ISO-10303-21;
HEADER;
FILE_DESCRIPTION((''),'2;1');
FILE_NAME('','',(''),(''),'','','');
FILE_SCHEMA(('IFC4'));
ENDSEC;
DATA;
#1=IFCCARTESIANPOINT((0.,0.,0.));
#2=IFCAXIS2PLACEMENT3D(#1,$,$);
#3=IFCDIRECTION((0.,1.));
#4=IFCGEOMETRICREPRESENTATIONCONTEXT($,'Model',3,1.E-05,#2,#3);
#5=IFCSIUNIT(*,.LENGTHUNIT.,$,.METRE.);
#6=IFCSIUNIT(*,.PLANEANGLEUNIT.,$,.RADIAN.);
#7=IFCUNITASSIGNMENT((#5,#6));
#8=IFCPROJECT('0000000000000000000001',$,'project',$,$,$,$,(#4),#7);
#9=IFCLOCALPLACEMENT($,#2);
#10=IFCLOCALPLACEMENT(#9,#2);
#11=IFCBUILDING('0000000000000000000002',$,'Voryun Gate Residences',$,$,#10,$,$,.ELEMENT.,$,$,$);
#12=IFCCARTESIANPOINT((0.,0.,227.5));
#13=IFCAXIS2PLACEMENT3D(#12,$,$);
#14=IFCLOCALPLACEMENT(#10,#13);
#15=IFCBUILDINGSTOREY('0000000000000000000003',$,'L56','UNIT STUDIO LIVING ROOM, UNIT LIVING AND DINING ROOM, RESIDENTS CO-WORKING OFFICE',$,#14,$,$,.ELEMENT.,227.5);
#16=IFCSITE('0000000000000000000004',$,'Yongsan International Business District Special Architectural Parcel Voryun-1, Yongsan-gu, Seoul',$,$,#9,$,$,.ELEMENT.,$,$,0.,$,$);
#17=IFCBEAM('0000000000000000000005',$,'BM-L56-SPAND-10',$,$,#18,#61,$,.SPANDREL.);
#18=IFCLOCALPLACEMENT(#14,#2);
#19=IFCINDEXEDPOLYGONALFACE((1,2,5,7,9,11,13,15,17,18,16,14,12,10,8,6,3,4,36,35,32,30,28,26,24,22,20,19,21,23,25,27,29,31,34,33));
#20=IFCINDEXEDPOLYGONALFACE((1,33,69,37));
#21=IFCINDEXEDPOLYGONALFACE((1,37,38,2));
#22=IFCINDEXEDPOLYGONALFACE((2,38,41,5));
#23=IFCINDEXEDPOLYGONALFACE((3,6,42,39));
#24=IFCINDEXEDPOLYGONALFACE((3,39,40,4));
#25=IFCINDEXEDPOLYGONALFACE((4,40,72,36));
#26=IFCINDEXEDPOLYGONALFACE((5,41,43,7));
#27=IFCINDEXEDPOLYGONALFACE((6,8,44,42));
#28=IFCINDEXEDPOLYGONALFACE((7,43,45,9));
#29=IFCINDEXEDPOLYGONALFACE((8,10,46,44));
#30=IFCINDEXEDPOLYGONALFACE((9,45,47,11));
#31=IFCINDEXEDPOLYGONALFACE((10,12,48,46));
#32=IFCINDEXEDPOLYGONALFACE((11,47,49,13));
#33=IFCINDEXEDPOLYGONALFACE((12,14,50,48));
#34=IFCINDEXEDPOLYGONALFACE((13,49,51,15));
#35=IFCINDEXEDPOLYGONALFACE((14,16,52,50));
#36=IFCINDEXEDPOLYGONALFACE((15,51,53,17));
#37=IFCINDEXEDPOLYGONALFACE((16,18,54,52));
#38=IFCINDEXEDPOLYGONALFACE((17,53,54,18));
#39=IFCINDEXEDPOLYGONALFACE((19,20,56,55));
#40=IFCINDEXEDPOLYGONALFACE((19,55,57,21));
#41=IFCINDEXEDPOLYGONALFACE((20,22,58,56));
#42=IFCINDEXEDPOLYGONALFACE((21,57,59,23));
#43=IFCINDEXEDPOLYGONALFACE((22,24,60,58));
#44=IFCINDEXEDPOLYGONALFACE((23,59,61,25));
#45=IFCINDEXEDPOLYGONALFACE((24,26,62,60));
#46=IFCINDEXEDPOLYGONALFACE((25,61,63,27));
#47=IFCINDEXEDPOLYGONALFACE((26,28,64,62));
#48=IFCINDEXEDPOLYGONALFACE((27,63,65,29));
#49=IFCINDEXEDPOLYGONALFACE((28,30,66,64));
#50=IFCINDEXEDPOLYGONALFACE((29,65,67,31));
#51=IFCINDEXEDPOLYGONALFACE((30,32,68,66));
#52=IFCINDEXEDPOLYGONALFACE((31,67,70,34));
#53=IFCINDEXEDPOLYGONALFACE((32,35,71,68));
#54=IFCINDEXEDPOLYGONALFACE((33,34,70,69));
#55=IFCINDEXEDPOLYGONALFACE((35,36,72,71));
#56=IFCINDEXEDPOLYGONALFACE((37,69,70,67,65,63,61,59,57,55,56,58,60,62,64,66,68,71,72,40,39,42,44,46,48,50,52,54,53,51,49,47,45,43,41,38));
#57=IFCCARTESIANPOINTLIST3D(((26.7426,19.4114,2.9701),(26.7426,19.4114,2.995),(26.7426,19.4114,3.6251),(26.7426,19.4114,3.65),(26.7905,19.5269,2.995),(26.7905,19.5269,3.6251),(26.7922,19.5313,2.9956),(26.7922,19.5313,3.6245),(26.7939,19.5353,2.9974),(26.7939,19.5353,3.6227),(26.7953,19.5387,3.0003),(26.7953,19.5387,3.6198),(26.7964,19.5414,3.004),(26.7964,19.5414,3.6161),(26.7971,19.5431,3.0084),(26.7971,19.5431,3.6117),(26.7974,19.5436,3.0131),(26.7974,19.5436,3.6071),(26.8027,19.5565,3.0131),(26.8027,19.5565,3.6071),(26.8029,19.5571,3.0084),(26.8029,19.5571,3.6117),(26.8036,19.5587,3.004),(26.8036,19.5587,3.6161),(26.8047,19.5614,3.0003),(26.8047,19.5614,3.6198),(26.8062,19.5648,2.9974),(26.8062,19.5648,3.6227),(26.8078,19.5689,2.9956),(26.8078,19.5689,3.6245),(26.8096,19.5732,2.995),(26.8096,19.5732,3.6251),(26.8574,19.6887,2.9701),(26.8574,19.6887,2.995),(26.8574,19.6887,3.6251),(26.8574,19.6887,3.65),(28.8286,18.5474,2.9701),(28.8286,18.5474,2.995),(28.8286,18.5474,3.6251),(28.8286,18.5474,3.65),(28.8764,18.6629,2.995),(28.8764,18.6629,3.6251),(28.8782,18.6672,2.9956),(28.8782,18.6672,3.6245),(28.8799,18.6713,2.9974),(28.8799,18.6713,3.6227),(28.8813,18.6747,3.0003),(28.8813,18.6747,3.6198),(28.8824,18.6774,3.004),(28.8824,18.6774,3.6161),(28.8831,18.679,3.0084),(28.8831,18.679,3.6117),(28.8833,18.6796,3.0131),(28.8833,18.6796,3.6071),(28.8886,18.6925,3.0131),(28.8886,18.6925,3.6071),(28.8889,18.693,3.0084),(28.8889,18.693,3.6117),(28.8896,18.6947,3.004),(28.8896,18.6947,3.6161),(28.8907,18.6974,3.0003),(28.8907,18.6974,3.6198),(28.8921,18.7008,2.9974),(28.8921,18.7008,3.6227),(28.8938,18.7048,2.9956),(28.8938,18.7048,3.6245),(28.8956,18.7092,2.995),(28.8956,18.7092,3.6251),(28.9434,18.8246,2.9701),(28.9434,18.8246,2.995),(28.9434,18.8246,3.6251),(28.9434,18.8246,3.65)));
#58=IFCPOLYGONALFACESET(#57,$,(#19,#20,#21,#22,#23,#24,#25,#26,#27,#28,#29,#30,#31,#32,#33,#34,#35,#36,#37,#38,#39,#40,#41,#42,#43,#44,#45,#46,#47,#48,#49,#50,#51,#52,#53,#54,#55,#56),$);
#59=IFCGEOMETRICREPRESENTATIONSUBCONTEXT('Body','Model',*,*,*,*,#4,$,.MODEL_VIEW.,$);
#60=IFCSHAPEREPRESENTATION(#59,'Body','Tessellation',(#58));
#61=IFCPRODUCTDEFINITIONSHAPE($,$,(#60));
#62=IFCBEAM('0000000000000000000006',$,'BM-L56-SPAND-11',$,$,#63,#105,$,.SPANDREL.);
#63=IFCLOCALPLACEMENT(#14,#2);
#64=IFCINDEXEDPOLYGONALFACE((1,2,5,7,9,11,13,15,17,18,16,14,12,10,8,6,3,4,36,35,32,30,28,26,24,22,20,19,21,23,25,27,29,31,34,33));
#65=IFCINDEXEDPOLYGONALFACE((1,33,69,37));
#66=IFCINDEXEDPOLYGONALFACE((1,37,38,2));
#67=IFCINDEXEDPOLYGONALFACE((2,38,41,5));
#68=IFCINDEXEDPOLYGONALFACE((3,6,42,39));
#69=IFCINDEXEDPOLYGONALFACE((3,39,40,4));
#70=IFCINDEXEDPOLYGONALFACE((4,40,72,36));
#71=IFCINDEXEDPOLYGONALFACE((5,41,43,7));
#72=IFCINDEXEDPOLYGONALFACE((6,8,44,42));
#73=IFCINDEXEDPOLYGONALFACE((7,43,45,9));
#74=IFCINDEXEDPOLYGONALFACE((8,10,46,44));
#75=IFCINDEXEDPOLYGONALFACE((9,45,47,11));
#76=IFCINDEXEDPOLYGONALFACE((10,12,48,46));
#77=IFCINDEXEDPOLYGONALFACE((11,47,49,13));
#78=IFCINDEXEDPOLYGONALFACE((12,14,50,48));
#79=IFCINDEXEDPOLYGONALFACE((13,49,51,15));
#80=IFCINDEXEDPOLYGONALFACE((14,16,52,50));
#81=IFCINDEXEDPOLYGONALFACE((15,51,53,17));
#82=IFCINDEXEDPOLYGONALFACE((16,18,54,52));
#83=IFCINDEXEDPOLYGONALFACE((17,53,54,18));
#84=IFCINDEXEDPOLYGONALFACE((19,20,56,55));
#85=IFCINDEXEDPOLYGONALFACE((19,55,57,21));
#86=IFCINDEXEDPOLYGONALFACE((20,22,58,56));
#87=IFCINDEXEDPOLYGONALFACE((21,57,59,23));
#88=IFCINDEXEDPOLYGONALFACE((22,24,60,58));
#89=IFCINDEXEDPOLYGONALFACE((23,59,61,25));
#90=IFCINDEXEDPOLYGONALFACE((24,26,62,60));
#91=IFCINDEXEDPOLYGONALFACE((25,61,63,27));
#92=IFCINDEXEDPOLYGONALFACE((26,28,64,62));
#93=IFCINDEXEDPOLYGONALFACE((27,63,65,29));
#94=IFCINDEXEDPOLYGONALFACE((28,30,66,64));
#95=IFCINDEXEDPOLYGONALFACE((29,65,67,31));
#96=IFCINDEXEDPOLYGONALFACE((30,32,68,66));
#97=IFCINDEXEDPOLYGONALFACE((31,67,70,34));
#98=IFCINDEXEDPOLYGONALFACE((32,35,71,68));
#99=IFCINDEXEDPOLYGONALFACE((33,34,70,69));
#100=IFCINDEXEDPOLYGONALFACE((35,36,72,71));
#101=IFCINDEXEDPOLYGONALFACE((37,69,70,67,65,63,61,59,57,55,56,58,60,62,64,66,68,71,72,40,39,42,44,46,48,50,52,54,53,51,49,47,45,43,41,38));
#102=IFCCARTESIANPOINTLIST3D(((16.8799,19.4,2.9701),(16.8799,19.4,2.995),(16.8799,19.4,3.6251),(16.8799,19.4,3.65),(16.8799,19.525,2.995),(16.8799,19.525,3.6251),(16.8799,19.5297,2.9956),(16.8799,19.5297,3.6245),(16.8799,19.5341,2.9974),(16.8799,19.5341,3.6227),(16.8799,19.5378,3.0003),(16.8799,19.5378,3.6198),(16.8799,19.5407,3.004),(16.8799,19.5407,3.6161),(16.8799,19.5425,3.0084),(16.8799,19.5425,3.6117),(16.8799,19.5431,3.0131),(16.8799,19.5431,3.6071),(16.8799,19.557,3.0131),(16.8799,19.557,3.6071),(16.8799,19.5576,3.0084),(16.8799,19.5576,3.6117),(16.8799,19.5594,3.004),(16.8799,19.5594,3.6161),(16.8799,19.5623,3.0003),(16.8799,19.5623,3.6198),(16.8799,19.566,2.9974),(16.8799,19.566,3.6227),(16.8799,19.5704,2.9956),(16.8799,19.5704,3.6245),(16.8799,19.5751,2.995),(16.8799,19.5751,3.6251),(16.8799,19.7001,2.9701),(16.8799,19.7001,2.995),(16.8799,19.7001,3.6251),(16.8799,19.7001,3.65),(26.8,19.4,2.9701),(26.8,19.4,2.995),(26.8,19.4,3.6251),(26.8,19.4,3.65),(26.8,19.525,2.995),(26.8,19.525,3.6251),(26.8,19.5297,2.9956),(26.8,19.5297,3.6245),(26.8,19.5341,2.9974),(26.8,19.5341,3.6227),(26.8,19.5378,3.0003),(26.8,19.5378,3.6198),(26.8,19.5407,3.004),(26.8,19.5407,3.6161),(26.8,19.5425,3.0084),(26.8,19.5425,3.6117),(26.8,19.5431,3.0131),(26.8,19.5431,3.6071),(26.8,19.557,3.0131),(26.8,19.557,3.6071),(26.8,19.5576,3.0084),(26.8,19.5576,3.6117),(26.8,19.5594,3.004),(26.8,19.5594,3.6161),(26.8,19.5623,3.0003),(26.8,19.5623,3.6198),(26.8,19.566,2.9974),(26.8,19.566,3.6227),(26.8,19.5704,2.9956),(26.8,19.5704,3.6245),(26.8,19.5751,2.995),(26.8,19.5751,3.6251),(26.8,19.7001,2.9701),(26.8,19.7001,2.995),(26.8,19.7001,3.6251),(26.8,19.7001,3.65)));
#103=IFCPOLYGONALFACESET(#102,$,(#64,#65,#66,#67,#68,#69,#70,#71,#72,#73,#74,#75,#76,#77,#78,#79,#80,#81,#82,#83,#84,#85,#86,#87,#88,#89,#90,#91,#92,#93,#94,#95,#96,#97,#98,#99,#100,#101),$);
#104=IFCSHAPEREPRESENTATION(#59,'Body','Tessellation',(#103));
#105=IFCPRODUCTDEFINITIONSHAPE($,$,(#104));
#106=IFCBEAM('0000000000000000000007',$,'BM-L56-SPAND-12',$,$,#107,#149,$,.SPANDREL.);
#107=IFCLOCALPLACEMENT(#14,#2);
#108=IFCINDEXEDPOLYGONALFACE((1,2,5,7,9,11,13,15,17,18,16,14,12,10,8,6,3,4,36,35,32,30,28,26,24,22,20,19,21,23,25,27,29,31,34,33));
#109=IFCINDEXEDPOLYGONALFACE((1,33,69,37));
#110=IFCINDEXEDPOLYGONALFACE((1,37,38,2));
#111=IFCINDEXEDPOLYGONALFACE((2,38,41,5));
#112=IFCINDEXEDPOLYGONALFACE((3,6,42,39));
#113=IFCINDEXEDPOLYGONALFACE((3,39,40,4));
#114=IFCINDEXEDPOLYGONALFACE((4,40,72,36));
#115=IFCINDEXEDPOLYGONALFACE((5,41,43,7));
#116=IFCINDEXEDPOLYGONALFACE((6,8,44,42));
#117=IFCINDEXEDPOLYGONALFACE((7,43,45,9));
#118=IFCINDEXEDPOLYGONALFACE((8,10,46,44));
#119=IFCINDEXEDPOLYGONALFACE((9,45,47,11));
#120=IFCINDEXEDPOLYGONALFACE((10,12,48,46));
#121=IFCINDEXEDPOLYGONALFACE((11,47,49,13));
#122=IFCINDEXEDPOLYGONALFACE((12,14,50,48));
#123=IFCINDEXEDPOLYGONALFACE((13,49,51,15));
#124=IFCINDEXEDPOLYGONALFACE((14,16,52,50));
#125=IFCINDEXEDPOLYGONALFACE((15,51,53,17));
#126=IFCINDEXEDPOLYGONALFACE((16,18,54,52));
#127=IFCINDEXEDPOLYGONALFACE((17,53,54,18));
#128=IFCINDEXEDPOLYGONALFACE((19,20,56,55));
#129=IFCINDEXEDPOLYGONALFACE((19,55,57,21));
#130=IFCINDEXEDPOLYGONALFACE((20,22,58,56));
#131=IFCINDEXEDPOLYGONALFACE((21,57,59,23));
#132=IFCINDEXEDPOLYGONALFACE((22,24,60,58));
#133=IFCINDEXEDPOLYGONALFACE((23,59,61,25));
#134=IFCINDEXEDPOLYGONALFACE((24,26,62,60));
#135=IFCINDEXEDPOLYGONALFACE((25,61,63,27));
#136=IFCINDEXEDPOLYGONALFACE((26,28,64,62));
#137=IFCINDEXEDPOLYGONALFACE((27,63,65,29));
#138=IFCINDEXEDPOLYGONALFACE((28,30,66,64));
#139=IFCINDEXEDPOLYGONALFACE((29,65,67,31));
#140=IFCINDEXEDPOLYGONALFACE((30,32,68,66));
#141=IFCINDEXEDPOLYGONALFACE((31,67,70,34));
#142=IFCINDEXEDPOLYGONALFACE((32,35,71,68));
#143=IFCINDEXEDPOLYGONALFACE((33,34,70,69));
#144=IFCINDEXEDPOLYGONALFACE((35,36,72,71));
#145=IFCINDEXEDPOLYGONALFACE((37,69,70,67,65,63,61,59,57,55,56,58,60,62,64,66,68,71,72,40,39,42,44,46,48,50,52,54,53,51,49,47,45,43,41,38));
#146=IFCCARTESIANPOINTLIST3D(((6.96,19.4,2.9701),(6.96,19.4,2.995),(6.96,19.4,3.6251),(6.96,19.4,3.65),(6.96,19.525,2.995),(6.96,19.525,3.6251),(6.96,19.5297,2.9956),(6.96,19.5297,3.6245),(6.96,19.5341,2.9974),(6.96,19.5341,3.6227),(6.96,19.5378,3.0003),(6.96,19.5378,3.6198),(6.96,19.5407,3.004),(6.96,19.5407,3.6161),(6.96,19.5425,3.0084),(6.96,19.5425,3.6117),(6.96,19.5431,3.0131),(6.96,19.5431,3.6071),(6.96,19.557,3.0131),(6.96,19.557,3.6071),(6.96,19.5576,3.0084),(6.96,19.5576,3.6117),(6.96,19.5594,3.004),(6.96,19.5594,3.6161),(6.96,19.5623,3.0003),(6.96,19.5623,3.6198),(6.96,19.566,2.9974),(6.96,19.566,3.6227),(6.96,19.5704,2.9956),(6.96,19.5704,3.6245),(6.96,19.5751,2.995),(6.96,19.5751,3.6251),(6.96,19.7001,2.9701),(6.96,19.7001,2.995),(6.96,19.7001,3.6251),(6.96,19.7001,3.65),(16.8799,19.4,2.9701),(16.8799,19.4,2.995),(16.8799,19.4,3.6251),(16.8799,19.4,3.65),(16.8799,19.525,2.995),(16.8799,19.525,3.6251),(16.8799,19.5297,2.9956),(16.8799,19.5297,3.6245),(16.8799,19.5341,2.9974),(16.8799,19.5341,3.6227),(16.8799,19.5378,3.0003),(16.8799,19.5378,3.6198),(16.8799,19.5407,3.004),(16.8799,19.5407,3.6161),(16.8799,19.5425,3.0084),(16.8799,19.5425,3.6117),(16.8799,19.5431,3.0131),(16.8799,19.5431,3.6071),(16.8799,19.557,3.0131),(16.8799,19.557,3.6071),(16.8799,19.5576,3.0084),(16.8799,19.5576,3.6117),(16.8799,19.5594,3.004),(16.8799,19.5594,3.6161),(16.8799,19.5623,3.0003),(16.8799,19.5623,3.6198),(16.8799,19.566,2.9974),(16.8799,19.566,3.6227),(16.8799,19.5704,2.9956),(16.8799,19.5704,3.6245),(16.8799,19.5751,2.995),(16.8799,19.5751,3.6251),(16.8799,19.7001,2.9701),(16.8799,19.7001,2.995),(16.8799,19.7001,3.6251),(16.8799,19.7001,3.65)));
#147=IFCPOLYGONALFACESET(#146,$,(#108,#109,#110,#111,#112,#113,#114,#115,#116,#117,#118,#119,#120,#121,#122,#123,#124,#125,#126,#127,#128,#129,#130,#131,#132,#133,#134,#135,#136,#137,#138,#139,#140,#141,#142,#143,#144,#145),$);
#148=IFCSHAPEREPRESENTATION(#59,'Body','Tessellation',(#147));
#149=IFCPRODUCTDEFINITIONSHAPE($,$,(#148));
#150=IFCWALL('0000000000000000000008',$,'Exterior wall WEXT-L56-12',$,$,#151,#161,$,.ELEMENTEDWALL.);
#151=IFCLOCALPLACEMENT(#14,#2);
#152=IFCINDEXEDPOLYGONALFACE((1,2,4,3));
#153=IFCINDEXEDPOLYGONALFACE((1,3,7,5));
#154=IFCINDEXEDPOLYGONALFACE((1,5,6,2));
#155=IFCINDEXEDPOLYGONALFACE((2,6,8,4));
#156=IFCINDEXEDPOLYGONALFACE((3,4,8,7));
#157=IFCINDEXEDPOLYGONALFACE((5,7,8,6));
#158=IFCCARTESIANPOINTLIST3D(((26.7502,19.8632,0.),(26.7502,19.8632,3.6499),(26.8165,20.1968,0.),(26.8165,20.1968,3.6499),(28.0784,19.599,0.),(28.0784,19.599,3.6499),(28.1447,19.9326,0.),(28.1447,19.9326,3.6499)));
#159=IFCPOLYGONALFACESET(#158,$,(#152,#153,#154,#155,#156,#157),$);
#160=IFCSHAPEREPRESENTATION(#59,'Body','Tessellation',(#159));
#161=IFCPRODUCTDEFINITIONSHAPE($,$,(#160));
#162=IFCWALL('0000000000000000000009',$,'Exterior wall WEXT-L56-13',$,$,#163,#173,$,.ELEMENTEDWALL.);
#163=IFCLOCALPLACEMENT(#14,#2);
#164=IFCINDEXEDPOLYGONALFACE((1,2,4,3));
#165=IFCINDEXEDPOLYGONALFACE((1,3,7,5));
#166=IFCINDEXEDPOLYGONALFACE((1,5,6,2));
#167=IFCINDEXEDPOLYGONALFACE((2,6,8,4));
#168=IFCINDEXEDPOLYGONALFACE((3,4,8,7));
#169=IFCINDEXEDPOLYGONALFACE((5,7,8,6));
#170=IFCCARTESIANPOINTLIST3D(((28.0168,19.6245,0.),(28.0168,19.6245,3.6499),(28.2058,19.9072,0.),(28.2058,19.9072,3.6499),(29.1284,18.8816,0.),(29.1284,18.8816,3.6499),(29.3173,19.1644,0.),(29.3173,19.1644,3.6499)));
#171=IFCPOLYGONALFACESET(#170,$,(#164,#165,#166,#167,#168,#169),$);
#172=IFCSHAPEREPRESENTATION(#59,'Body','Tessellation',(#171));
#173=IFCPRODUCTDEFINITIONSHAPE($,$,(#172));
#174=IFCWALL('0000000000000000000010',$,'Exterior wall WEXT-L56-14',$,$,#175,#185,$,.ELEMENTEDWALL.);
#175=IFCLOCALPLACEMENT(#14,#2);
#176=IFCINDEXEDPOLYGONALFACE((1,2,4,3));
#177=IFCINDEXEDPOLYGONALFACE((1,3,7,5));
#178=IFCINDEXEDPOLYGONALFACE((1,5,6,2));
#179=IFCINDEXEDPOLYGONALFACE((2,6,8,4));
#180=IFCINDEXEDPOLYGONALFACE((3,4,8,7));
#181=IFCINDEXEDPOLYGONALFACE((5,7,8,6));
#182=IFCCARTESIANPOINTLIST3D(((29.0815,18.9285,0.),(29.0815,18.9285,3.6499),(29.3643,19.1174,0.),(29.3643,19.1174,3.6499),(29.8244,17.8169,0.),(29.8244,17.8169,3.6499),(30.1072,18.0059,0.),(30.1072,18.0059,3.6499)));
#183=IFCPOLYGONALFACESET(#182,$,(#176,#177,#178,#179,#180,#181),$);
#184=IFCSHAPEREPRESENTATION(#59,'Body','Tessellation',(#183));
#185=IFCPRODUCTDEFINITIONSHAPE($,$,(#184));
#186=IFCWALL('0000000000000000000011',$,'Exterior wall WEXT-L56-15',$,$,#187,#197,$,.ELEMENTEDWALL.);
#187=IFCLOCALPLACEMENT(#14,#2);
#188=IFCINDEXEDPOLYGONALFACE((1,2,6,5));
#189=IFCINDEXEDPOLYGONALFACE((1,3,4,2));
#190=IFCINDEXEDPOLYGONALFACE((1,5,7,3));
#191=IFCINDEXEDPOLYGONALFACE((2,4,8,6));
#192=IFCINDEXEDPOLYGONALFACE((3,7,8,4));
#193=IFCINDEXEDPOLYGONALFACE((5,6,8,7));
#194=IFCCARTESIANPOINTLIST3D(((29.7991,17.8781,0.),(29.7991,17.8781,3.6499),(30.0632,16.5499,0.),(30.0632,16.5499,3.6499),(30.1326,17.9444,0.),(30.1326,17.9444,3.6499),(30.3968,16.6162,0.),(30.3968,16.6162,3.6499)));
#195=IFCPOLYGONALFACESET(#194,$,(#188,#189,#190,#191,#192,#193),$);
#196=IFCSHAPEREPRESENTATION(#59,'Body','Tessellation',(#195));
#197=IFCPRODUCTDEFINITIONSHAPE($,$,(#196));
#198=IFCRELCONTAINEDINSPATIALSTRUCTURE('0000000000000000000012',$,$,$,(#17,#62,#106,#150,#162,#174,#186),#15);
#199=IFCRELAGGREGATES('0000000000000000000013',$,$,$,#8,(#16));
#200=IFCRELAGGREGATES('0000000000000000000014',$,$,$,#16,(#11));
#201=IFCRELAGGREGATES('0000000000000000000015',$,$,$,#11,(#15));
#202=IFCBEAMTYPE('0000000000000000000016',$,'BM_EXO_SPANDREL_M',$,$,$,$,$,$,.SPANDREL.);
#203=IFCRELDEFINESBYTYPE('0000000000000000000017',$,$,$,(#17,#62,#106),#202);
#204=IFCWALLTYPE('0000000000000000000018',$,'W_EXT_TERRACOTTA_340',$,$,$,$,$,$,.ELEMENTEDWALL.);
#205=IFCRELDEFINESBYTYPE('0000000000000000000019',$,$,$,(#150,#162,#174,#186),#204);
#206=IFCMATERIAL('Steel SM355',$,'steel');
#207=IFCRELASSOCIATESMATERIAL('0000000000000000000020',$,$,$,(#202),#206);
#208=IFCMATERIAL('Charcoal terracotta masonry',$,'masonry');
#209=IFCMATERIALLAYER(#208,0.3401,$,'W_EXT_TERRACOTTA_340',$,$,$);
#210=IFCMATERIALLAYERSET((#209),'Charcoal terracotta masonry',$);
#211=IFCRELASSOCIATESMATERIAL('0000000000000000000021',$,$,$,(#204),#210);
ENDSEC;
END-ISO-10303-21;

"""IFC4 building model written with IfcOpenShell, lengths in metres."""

from ifc_helpers import new_model, si_unit, direction, frame, frame_2d, origin, origin_2d, place, context, subcontext, project, spatial, rectangle, i_section, extrude, material, layer, layer_set, material_profile, profile_set, type_object, element, save


model = new_model("IFC4")

# Units and contexts
model_context = context("Model", 3, precision=1e-05, world=origin(), true_north=direction((0.0, 1.0)))
body_context = subcontext(model_context, "Body", "Model", "MODEL_VIEW")
ifc_project = project(units=[si_unit("LENGTHUNIT", "METRE"), si_unit("PLANEANGLEUNIT", "RADIAN")], contexts=[model_context])

# Site, building, storey
site_placement = place(None, origin())
site = spatial("IfcSite", under=ifc_project, at=site_placement, Name="Yongsan International Business District Special Architectural Parcel Voryun-1, Yongsan-gu, Seoul", CompositionType="ELEMENT", RefElevation=0.0)
building_placement = place(site_placement, origin())
building = spatial("IfcBuilding", under=site, at=building_placement, Name="Voryun Gate Residences", CompositionType="ELEMENT")
storey_placement = place(building_placement, frame((0.0, 0.0, 227.5)))
storey = spatial("IfcBuildingStorey", under=building, at=storey_placement, Name="L56", Description="UNIT STUDIO LIVING ROOM, UNIT LIVING AND DINING ROOM, RESIDENTS CO-WORKING OFFICE", CompositionType="ELEMENT", Elevation=227.5)

# Beams
ifc_material_1 = material(Name="Steel SM355", Category="steel")
ifc_material_profile_1 = material_profile(ifc_material_1, i_section(OverallWidth=0.3, OverallDepth=0.6799, WebThickness=0.0139, FlangeThickness=0.0249, FilletRadius=0.0181, at=origin_2d()), Name="H-680x300x14x25")
ifc_profile_set_1 = profile_set([ifc_material_profile_1], Name="Steel SM355")
beam_type_1 = type_object("IfcBeamType", Name="BM_EXO_SPANDREL_M", PredefinedType="SPANDREL", material=ifc_profile_set_1)
beam_1_placement = place(storey_placement, frame((28.886, 18.686, 3.3101), z_axis=(-0.923881, 0.38268, 0.0), x_axis=(-0.38268, -0.923881, 0.0)))
element("IfcBeam", 1, at=beam_1_placement, inside=storey, type_object=beam_type_1, Name="BM-L56-SPAND-10", PredefinedType="SPANDREL", context=body_context, shape_type="SweptSolid", body=[
    extrude(i_section(OverallWidth=0.3, OverallDepth=0.6799, WebThickness=0.0139, FlangeThickness=0.0249, FilletRadius=0.0181, at=origin_2d()), origin(), (0.0, 0.0, 1.0), 2.2578),
])
beam_2_placement = place(storey_placement, frame((26.8, 19.55, 3.3101), z_axis=(-1.0, 0.0, 0.0), x_axis=(0.0, -1.0, 0.0)))
element("IfcBeam", 2, at=beam_2_placement, inside=storey, type_object=beam_type_1, Name="BM-L56-SPAND-11", PredefinedType="SPANDREL", context=body_context, shape_type="SweptSolid", body=[
    extrude(i_section(OverallWidth=0.3, OverallDepth=0.6799, WebThickness=0.0139, FlangeThickness=0.0249, FilletRadius=0.0181, at=origin_2d()), origin(), (0.0, 0.0, 1.0), 9.9202),
])
beam_3_placement = place(storey_placement, frame((16.8799, 19.55, 3.3101), z_axis=(-1.0, 0.0, 0.0), x_axis=(0.0, -1.0, 0.0)))
element("IfcBeam", 3, at=beam_3_placement, inside=storey, type_object=beam_type_1, Name="BM-L56-SPAND-12", PredefinedType="SPANDREL", context=body_context, shape_type="SweptSolid", body=[
    extrude(i_section(OverallWidth=0.3, OverallDepth=0.6799, WebThickness=0.0139, FlangeThickness=0.0249, FilletRadius=0.0181, at=origin_2d()), origin(), (0.0, 0.0, 1.0), 9.9199),
])

# Walls
ifc_material_2 = material(Name="Charcoal terracotta masonry", Category="masonry")
ifc_layer_1 = layer(ifc_material_2, 0.3401, Name="W_EXT_TERRACOTTA_340")
ifc_layer_set_1 = layer_set([ifc_layer_1], Name="Charcoal terracotta masonry")
wall_type_1 = type_object("IfcWallType", Name="W_EXT_TERRACOTTA_340", PredefinedType="ELEMENTEDWALL", material=ifc_layer_set_1)
wall_1_placement = place(storey_placement, frame((26.7832, 20.03, 0.0), z_axis=(0.0, 0.0, 1.0), x_axis=(0.980788, -0.195076, 0.0)))
element("IfcWall", 4, at=wall_1_placement, inside=storey, type_object=wall_type_1, Name="Exterior wall WEXT-L56-12", PredefinedType="ELEMENTEDWALL", context=body_context, shape_type="SweptSolid", body=[
    extrude(rectangle(XDim=1.3542, YDim=0.3401, at=frame_2d((0.6772, 0.0))), origin(), (0.0, 0.0, 1.0), 3.6499),
])
for number, where, z_axis, x_axis, name in (
    (5, (28.1113, 19.7659, 0.0), (0.0, 0.0, 1.0), (0.831404, -0.555669, 0.0), "Exterior wall WEXT-L56-13"),
    (6, (29.2229, 19.0229, 0.0), (0.0, 0.0, 1.0), (0.555669, -0.831404, 0.0), "Exterior wall WEXT-L56-14"),
):
    element("IfcWall", number, at=place(storey_placement, frame(where, z_axis=z_axis, x_axis=x_axis)), inside=storey, type_object=wall_type_1, Name=name, PredefinedType="ELEMENTEDWALL", context=body_context, shape_type="SweptSolid", body=[
        extrude(rectangle(XDim=1.3369, YDim=0.3401, at=frame_2d((0.6685, 0.0))), origin(), (0.0, 0.0, 1.0), 3.6499),
    ])
wall_2_placement = place(storey_placement, frame((29.9658, 17.9114, 0.0), z_axis=(0.0, 0.0, 1.0), x_axis=(0.195076, -0.980788, 0.0)))
element("IfcWall", 7, at=wall_2_placement, inside=storey, type_object=wall_type_1, Name="Exterior wall WEXT-L56-15", PredefinedType="ELEMENTEDWALL", context=body_context, shape_type="SweptSolid", body=[
    extrude(rectangle(XDim=1.3542, YDim=0.3401, at=frame_2d((0.6772, 0.0))), origin(), (0.0, 0.0, 1.0), 3.6499),
])

save(model, "model.ifc")
